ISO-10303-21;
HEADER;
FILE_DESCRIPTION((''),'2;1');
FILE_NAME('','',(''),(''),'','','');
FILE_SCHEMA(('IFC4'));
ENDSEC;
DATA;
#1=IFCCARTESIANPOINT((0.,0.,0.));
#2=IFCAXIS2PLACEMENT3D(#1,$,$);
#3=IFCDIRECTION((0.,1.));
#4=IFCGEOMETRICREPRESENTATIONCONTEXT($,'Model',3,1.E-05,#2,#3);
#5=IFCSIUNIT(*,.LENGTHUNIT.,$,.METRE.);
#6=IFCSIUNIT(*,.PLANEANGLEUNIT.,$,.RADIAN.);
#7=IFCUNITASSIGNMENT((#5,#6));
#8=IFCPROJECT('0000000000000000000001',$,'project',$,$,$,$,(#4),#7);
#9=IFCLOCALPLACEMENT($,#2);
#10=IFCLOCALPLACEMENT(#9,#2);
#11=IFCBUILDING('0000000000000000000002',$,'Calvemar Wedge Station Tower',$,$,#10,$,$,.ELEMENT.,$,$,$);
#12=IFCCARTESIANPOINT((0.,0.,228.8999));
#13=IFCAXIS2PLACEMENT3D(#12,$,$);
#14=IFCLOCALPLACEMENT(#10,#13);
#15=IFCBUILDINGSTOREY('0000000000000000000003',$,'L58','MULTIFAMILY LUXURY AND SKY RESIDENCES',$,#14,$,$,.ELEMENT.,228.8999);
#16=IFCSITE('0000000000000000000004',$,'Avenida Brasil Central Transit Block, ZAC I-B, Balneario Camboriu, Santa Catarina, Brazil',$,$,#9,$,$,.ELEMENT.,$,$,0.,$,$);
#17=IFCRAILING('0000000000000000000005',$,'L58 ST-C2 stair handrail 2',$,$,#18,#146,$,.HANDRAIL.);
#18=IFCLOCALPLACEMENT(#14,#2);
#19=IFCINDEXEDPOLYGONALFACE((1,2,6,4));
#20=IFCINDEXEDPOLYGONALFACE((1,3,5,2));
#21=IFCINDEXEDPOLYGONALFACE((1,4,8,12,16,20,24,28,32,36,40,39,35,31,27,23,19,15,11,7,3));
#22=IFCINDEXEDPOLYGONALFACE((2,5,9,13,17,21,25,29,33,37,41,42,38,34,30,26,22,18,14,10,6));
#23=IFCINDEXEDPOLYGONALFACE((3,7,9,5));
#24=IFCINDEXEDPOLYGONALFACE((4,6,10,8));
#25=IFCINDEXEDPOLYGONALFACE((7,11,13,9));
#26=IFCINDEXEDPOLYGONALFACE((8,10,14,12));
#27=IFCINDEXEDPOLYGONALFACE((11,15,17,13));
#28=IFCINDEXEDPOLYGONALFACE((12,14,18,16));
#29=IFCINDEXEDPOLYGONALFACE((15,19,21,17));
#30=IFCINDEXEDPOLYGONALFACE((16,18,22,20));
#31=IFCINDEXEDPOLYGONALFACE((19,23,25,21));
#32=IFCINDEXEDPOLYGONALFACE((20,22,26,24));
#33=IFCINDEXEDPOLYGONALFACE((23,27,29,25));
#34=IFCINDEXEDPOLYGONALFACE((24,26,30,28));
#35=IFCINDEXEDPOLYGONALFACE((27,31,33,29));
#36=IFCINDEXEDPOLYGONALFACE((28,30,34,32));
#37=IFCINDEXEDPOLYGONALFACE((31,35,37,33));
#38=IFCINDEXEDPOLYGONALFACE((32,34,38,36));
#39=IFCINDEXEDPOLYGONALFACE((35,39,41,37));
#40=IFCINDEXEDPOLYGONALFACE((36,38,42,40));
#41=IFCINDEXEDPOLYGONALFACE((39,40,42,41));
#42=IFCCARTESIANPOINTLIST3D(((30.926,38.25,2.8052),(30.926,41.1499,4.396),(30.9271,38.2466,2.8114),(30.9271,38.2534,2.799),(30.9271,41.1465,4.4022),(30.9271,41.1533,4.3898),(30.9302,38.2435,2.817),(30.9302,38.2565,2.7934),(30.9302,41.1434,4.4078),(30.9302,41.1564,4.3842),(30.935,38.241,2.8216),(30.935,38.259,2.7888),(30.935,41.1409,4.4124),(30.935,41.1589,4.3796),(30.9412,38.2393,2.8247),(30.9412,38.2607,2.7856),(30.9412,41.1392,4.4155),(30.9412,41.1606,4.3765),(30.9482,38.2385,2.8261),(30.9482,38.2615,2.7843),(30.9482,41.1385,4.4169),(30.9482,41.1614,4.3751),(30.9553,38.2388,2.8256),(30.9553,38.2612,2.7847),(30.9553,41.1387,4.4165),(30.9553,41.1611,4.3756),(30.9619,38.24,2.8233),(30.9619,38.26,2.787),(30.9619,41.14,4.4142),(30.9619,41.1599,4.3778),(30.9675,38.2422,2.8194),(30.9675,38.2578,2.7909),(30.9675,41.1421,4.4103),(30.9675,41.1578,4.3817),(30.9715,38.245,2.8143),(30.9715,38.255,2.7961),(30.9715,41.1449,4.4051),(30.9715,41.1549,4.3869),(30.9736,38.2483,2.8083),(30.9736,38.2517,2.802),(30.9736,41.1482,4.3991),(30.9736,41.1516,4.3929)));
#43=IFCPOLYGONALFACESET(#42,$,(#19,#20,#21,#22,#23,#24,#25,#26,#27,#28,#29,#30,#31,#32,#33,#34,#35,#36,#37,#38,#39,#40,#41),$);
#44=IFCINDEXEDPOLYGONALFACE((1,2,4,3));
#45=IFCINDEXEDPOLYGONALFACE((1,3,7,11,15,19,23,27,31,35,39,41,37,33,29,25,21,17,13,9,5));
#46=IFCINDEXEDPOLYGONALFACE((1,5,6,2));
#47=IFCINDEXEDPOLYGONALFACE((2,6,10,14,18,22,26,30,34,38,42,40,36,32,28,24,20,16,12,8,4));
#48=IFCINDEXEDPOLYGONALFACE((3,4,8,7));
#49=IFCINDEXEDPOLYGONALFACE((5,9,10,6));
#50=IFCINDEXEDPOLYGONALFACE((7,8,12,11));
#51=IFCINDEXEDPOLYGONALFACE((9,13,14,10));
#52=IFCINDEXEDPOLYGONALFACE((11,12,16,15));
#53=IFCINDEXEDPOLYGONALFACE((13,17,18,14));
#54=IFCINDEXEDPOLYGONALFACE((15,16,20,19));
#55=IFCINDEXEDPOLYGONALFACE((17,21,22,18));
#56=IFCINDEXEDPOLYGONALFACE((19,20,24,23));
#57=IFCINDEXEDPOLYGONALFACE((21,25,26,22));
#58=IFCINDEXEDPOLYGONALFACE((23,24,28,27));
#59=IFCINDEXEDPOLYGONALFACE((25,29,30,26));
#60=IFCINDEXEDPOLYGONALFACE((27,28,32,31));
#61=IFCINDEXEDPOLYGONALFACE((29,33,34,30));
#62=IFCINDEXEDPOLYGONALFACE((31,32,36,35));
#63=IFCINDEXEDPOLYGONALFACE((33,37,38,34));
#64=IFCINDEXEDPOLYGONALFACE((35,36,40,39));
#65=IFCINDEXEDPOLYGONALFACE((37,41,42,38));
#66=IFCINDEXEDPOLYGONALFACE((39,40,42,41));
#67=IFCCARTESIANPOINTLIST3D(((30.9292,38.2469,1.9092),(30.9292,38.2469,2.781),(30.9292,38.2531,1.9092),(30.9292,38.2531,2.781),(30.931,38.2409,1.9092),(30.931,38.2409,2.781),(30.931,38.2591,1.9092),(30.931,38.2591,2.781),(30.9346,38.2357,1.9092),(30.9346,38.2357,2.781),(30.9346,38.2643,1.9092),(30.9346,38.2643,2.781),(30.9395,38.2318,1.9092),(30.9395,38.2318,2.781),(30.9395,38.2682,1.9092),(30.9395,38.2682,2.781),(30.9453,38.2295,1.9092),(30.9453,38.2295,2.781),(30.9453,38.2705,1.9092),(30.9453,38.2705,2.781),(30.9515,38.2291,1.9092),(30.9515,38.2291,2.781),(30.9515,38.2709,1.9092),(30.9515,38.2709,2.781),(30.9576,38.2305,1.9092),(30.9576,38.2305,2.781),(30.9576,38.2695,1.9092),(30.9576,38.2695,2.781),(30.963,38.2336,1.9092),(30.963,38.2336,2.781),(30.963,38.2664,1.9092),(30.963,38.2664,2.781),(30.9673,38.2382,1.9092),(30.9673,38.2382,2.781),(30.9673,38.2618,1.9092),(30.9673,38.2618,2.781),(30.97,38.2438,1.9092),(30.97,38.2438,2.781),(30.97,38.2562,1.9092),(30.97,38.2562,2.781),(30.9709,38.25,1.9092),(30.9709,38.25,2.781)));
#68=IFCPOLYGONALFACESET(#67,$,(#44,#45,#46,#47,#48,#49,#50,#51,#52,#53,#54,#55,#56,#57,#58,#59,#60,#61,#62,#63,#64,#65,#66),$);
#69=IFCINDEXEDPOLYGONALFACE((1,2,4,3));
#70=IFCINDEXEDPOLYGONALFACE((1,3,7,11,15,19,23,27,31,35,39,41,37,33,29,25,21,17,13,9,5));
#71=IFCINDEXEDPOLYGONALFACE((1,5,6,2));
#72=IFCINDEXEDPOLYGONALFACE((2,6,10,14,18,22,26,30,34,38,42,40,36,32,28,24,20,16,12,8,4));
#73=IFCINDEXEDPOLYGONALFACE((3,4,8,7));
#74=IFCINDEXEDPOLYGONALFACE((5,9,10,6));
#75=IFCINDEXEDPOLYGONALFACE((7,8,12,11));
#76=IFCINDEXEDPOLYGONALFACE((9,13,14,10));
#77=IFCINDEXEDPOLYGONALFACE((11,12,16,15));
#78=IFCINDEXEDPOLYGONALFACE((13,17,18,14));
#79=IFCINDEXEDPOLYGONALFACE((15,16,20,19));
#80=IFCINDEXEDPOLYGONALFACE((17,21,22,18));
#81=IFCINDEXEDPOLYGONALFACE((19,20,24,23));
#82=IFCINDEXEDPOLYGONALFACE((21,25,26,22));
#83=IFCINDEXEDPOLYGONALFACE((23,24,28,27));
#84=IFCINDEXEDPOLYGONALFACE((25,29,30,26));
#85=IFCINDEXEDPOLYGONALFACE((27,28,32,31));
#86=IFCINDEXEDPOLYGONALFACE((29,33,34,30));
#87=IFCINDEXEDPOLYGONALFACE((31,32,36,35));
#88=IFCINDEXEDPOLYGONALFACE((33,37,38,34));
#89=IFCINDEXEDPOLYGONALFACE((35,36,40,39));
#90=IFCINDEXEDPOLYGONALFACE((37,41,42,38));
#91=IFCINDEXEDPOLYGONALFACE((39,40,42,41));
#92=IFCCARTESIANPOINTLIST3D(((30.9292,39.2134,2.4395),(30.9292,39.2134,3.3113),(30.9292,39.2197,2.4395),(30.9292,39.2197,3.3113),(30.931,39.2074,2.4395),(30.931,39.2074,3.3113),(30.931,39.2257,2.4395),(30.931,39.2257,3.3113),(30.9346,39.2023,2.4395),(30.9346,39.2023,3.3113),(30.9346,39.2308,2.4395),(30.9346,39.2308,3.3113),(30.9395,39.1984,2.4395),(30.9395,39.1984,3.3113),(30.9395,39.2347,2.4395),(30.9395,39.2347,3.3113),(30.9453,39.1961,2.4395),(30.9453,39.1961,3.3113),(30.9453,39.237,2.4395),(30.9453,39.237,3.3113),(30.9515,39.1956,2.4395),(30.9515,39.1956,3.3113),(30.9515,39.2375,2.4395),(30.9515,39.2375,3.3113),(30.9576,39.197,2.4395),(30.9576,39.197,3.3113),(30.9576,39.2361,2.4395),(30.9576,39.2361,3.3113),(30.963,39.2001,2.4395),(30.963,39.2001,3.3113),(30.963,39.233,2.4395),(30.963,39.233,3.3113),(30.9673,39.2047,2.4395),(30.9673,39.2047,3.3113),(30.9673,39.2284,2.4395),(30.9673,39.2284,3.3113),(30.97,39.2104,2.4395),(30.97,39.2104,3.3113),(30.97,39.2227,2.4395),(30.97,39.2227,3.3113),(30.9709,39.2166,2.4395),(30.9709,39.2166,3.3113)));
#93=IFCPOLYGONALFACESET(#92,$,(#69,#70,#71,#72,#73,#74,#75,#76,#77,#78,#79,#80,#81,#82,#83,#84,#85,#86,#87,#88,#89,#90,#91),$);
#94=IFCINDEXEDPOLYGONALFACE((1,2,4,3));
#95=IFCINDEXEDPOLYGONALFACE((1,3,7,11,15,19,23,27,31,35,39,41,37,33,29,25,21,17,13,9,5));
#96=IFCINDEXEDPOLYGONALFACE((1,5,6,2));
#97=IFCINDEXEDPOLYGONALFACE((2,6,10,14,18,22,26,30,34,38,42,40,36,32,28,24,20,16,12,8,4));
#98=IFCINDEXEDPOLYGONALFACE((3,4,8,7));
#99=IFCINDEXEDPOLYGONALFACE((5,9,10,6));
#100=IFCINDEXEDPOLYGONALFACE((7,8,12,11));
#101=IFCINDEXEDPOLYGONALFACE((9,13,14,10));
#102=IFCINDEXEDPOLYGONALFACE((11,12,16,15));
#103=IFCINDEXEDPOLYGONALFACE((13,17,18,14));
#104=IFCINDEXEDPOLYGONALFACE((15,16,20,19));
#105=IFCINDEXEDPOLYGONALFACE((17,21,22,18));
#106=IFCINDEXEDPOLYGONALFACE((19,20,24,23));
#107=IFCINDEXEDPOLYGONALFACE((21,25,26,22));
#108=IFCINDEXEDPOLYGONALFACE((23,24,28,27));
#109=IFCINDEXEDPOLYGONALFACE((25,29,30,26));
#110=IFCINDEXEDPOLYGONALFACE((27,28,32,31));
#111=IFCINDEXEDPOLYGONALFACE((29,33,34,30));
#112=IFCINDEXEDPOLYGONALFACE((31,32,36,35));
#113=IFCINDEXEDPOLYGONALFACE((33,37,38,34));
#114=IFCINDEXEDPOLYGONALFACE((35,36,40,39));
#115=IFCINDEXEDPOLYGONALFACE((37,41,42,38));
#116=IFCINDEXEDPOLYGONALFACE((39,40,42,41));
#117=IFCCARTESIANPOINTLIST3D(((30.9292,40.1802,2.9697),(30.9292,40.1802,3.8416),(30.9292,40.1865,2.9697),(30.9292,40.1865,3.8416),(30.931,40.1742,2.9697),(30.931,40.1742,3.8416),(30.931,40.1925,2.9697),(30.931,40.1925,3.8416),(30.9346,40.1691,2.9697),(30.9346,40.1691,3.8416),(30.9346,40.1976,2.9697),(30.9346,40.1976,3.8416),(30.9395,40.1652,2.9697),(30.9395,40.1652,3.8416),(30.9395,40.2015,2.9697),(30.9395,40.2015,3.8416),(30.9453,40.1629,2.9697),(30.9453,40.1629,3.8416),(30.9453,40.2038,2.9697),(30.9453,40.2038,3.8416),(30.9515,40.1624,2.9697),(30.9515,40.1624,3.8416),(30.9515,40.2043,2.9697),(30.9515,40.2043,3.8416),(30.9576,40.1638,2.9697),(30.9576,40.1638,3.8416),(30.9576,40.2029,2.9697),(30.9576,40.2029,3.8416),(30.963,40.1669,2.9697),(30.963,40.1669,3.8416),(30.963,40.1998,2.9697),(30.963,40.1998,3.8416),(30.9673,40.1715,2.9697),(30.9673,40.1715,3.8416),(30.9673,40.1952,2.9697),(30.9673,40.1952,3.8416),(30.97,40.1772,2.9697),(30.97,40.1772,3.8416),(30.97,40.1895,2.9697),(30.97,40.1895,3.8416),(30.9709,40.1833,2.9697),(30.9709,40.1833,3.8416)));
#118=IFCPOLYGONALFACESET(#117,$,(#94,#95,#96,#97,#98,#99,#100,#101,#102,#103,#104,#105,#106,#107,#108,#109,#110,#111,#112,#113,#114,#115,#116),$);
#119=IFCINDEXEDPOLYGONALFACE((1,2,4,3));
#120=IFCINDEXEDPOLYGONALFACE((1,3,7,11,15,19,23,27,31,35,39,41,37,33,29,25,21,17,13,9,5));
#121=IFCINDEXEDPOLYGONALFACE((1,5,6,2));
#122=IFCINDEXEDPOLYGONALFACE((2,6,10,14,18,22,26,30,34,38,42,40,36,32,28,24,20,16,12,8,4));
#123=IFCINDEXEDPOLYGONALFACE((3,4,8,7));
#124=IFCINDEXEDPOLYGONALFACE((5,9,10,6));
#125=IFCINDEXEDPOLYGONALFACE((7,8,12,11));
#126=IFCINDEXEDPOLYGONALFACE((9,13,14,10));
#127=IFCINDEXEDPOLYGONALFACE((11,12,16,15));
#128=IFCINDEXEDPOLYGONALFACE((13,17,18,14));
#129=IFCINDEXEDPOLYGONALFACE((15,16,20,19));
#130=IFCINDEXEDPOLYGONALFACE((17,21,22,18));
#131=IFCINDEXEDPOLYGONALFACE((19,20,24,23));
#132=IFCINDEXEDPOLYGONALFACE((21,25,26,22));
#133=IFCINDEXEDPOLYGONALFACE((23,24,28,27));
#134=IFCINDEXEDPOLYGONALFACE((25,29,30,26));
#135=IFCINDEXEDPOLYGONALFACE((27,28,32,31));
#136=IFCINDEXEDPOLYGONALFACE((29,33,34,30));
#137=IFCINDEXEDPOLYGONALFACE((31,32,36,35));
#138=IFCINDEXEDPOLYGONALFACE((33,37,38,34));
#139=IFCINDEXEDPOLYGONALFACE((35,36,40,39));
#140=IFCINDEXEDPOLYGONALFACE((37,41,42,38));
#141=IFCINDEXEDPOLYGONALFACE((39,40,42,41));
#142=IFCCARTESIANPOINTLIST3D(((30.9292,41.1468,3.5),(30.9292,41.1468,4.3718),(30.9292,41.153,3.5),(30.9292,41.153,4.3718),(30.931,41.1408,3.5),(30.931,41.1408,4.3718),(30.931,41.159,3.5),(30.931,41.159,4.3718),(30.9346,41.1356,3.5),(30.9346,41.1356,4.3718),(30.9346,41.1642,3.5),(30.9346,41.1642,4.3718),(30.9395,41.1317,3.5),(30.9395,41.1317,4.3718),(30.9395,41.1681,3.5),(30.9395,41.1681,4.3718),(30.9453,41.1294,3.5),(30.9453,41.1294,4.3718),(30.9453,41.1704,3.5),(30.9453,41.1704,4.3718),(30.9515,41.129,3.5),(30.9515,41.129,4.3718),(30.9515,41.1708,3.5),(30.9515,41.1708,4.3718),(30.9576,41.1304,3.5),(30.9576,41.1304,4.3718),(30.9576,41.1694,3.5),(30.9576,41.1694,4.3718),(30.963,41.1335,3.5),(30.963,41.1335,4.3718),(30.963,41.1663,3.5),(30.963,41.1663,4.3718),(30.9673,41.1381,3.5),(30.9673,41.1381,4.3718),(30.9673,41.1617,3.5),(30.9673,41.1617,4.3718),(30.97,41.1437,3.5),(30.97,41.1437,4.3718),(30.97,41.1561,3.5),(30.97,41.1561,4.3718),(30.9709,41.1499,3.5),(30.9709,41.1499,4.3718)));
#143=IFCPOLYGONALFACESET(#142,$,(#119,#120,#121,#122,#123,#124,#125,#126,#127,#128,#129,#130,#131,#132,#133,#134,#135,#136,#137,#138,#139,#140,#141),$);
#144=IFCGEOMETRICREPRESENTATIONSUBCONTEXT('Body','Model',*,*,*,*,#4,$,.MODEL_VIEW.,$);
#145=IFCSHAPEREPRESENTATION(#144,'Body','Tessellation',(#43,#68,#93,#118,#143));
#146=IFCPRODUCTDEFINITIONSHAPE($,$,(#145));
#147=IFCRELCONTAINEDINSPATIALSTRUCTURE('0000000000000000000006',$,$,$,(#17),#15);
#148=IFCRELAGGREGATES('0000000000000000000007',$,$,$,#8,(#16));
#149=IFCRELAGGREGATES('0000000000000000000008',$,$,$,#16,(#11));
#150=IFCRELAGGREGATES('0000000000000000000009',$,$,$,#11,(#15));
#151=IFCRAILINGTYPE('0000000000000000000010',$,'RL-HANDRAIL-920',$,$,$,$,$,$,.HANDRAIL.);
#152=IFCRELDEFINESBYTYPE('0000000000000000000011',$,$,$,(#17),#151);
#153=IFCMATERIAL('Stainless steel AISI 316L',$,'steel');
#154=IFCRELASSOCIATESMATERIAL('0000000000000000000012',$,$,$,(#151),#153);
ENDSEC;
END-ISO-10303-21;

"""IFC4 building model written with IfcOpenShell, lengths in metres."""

from ifc_helpers import new_model, si_unit, direction, frame, origin, origin_2d, place, context, subcontext, project, spatial, circle, extrude, material, type_object, element, save


model = new_model("IFC4")

# Units and contexts
model_context = context("Model", 3, precision=1e-05, world=origin(), true_north=direction((0.0, 1.0)))
body_context = subcontext(model_context, "Body", "Model", "MODEL_VIEW")
ifc_project = project(units=[si_unit("LENGTHUNIT", "METRE"), si_unit("PLANEANGLEUNIT", "RADIAN")], contexts=[model_context])

# Site, building, storey
site_placement = place(None, origin())
site = spatial("IfcSite", under=ifc_project, at=site_placement, Name="Avenida Brasil Central Transit Block, ZAC I-B, Balneario Camboriu, Santa Catarina, Brazil", CompositionType="ELEMENT", RefElevation=0.0)
building_placement = place(site_placement, origin())
building = spatial("IfcBuilding", under=site, at=building_placement, Name="Calvemar Wedge Station Tower", CompositionType="ELEMENT")
storey_placement = place(building_placement, frame((0.0, 0.0, 228.8999)))
storey = spatial("IfcBuildingStorey", under=building, at=storey_placement, Name="L58", Description="MULTIFAMILY LUXURY AND SKY RESIDENCES", CompositionType="ELEMENT", Elevation=228.8999)

# Railing
ifc_material_1 = material(Name="Stainless steel AISI 316L", Category="steel")
railing_type_1 = type_object("IfcRailingType", Name="RL-HANDRAIL-920", PredefinedType="HANDRAIL", material=ifc_material_1)
railing_1_placement = place(storey_placement, frame((30.95, 38.25, 1.9092)))
element("IfcRailing", 1, at=railing_1_placement, inside=storey, type_object=railing_type_1, Name="L58 ST-C2 stair handrail 2", PredefinedType="HANDRAIL", context=body_context, shape_type="SweptSolid", body=[
    extrude(circle(Radius=0.0239, at=origin_2d()), frame((0.0, 0.0, 0.896), z_axis=(0.0, 0.876742, 0.480961), x_axis=(-1.0, 0.0, 0.0)), (0.0, 0.0, 1.0), 3.3076),
    extrude(circle(Radius=0.021, at=origin_2d()), origin(), (0.0, 0.0, 1.0), 0.8718),
    extrude(circle(Radius=0.021, at=origin_2d()), frame((0.0, 0.9666, 0.5303)), (0.0, 0.0, 1.0), 0.8718),
    extrude(circle(Radius=0.021, at=origin_2d()), frame((0.0, 1.9333, 1.0605)), (0.0, 0.0, 1.0), 0.8718),
    extrude(circle(Radius=0.021, at=origin_2d()), frame((0.0, 2.8999, 1.5908)), (0.0, 0.0, 1.0), 0.8718),
])

save(model, "model.ifc")
